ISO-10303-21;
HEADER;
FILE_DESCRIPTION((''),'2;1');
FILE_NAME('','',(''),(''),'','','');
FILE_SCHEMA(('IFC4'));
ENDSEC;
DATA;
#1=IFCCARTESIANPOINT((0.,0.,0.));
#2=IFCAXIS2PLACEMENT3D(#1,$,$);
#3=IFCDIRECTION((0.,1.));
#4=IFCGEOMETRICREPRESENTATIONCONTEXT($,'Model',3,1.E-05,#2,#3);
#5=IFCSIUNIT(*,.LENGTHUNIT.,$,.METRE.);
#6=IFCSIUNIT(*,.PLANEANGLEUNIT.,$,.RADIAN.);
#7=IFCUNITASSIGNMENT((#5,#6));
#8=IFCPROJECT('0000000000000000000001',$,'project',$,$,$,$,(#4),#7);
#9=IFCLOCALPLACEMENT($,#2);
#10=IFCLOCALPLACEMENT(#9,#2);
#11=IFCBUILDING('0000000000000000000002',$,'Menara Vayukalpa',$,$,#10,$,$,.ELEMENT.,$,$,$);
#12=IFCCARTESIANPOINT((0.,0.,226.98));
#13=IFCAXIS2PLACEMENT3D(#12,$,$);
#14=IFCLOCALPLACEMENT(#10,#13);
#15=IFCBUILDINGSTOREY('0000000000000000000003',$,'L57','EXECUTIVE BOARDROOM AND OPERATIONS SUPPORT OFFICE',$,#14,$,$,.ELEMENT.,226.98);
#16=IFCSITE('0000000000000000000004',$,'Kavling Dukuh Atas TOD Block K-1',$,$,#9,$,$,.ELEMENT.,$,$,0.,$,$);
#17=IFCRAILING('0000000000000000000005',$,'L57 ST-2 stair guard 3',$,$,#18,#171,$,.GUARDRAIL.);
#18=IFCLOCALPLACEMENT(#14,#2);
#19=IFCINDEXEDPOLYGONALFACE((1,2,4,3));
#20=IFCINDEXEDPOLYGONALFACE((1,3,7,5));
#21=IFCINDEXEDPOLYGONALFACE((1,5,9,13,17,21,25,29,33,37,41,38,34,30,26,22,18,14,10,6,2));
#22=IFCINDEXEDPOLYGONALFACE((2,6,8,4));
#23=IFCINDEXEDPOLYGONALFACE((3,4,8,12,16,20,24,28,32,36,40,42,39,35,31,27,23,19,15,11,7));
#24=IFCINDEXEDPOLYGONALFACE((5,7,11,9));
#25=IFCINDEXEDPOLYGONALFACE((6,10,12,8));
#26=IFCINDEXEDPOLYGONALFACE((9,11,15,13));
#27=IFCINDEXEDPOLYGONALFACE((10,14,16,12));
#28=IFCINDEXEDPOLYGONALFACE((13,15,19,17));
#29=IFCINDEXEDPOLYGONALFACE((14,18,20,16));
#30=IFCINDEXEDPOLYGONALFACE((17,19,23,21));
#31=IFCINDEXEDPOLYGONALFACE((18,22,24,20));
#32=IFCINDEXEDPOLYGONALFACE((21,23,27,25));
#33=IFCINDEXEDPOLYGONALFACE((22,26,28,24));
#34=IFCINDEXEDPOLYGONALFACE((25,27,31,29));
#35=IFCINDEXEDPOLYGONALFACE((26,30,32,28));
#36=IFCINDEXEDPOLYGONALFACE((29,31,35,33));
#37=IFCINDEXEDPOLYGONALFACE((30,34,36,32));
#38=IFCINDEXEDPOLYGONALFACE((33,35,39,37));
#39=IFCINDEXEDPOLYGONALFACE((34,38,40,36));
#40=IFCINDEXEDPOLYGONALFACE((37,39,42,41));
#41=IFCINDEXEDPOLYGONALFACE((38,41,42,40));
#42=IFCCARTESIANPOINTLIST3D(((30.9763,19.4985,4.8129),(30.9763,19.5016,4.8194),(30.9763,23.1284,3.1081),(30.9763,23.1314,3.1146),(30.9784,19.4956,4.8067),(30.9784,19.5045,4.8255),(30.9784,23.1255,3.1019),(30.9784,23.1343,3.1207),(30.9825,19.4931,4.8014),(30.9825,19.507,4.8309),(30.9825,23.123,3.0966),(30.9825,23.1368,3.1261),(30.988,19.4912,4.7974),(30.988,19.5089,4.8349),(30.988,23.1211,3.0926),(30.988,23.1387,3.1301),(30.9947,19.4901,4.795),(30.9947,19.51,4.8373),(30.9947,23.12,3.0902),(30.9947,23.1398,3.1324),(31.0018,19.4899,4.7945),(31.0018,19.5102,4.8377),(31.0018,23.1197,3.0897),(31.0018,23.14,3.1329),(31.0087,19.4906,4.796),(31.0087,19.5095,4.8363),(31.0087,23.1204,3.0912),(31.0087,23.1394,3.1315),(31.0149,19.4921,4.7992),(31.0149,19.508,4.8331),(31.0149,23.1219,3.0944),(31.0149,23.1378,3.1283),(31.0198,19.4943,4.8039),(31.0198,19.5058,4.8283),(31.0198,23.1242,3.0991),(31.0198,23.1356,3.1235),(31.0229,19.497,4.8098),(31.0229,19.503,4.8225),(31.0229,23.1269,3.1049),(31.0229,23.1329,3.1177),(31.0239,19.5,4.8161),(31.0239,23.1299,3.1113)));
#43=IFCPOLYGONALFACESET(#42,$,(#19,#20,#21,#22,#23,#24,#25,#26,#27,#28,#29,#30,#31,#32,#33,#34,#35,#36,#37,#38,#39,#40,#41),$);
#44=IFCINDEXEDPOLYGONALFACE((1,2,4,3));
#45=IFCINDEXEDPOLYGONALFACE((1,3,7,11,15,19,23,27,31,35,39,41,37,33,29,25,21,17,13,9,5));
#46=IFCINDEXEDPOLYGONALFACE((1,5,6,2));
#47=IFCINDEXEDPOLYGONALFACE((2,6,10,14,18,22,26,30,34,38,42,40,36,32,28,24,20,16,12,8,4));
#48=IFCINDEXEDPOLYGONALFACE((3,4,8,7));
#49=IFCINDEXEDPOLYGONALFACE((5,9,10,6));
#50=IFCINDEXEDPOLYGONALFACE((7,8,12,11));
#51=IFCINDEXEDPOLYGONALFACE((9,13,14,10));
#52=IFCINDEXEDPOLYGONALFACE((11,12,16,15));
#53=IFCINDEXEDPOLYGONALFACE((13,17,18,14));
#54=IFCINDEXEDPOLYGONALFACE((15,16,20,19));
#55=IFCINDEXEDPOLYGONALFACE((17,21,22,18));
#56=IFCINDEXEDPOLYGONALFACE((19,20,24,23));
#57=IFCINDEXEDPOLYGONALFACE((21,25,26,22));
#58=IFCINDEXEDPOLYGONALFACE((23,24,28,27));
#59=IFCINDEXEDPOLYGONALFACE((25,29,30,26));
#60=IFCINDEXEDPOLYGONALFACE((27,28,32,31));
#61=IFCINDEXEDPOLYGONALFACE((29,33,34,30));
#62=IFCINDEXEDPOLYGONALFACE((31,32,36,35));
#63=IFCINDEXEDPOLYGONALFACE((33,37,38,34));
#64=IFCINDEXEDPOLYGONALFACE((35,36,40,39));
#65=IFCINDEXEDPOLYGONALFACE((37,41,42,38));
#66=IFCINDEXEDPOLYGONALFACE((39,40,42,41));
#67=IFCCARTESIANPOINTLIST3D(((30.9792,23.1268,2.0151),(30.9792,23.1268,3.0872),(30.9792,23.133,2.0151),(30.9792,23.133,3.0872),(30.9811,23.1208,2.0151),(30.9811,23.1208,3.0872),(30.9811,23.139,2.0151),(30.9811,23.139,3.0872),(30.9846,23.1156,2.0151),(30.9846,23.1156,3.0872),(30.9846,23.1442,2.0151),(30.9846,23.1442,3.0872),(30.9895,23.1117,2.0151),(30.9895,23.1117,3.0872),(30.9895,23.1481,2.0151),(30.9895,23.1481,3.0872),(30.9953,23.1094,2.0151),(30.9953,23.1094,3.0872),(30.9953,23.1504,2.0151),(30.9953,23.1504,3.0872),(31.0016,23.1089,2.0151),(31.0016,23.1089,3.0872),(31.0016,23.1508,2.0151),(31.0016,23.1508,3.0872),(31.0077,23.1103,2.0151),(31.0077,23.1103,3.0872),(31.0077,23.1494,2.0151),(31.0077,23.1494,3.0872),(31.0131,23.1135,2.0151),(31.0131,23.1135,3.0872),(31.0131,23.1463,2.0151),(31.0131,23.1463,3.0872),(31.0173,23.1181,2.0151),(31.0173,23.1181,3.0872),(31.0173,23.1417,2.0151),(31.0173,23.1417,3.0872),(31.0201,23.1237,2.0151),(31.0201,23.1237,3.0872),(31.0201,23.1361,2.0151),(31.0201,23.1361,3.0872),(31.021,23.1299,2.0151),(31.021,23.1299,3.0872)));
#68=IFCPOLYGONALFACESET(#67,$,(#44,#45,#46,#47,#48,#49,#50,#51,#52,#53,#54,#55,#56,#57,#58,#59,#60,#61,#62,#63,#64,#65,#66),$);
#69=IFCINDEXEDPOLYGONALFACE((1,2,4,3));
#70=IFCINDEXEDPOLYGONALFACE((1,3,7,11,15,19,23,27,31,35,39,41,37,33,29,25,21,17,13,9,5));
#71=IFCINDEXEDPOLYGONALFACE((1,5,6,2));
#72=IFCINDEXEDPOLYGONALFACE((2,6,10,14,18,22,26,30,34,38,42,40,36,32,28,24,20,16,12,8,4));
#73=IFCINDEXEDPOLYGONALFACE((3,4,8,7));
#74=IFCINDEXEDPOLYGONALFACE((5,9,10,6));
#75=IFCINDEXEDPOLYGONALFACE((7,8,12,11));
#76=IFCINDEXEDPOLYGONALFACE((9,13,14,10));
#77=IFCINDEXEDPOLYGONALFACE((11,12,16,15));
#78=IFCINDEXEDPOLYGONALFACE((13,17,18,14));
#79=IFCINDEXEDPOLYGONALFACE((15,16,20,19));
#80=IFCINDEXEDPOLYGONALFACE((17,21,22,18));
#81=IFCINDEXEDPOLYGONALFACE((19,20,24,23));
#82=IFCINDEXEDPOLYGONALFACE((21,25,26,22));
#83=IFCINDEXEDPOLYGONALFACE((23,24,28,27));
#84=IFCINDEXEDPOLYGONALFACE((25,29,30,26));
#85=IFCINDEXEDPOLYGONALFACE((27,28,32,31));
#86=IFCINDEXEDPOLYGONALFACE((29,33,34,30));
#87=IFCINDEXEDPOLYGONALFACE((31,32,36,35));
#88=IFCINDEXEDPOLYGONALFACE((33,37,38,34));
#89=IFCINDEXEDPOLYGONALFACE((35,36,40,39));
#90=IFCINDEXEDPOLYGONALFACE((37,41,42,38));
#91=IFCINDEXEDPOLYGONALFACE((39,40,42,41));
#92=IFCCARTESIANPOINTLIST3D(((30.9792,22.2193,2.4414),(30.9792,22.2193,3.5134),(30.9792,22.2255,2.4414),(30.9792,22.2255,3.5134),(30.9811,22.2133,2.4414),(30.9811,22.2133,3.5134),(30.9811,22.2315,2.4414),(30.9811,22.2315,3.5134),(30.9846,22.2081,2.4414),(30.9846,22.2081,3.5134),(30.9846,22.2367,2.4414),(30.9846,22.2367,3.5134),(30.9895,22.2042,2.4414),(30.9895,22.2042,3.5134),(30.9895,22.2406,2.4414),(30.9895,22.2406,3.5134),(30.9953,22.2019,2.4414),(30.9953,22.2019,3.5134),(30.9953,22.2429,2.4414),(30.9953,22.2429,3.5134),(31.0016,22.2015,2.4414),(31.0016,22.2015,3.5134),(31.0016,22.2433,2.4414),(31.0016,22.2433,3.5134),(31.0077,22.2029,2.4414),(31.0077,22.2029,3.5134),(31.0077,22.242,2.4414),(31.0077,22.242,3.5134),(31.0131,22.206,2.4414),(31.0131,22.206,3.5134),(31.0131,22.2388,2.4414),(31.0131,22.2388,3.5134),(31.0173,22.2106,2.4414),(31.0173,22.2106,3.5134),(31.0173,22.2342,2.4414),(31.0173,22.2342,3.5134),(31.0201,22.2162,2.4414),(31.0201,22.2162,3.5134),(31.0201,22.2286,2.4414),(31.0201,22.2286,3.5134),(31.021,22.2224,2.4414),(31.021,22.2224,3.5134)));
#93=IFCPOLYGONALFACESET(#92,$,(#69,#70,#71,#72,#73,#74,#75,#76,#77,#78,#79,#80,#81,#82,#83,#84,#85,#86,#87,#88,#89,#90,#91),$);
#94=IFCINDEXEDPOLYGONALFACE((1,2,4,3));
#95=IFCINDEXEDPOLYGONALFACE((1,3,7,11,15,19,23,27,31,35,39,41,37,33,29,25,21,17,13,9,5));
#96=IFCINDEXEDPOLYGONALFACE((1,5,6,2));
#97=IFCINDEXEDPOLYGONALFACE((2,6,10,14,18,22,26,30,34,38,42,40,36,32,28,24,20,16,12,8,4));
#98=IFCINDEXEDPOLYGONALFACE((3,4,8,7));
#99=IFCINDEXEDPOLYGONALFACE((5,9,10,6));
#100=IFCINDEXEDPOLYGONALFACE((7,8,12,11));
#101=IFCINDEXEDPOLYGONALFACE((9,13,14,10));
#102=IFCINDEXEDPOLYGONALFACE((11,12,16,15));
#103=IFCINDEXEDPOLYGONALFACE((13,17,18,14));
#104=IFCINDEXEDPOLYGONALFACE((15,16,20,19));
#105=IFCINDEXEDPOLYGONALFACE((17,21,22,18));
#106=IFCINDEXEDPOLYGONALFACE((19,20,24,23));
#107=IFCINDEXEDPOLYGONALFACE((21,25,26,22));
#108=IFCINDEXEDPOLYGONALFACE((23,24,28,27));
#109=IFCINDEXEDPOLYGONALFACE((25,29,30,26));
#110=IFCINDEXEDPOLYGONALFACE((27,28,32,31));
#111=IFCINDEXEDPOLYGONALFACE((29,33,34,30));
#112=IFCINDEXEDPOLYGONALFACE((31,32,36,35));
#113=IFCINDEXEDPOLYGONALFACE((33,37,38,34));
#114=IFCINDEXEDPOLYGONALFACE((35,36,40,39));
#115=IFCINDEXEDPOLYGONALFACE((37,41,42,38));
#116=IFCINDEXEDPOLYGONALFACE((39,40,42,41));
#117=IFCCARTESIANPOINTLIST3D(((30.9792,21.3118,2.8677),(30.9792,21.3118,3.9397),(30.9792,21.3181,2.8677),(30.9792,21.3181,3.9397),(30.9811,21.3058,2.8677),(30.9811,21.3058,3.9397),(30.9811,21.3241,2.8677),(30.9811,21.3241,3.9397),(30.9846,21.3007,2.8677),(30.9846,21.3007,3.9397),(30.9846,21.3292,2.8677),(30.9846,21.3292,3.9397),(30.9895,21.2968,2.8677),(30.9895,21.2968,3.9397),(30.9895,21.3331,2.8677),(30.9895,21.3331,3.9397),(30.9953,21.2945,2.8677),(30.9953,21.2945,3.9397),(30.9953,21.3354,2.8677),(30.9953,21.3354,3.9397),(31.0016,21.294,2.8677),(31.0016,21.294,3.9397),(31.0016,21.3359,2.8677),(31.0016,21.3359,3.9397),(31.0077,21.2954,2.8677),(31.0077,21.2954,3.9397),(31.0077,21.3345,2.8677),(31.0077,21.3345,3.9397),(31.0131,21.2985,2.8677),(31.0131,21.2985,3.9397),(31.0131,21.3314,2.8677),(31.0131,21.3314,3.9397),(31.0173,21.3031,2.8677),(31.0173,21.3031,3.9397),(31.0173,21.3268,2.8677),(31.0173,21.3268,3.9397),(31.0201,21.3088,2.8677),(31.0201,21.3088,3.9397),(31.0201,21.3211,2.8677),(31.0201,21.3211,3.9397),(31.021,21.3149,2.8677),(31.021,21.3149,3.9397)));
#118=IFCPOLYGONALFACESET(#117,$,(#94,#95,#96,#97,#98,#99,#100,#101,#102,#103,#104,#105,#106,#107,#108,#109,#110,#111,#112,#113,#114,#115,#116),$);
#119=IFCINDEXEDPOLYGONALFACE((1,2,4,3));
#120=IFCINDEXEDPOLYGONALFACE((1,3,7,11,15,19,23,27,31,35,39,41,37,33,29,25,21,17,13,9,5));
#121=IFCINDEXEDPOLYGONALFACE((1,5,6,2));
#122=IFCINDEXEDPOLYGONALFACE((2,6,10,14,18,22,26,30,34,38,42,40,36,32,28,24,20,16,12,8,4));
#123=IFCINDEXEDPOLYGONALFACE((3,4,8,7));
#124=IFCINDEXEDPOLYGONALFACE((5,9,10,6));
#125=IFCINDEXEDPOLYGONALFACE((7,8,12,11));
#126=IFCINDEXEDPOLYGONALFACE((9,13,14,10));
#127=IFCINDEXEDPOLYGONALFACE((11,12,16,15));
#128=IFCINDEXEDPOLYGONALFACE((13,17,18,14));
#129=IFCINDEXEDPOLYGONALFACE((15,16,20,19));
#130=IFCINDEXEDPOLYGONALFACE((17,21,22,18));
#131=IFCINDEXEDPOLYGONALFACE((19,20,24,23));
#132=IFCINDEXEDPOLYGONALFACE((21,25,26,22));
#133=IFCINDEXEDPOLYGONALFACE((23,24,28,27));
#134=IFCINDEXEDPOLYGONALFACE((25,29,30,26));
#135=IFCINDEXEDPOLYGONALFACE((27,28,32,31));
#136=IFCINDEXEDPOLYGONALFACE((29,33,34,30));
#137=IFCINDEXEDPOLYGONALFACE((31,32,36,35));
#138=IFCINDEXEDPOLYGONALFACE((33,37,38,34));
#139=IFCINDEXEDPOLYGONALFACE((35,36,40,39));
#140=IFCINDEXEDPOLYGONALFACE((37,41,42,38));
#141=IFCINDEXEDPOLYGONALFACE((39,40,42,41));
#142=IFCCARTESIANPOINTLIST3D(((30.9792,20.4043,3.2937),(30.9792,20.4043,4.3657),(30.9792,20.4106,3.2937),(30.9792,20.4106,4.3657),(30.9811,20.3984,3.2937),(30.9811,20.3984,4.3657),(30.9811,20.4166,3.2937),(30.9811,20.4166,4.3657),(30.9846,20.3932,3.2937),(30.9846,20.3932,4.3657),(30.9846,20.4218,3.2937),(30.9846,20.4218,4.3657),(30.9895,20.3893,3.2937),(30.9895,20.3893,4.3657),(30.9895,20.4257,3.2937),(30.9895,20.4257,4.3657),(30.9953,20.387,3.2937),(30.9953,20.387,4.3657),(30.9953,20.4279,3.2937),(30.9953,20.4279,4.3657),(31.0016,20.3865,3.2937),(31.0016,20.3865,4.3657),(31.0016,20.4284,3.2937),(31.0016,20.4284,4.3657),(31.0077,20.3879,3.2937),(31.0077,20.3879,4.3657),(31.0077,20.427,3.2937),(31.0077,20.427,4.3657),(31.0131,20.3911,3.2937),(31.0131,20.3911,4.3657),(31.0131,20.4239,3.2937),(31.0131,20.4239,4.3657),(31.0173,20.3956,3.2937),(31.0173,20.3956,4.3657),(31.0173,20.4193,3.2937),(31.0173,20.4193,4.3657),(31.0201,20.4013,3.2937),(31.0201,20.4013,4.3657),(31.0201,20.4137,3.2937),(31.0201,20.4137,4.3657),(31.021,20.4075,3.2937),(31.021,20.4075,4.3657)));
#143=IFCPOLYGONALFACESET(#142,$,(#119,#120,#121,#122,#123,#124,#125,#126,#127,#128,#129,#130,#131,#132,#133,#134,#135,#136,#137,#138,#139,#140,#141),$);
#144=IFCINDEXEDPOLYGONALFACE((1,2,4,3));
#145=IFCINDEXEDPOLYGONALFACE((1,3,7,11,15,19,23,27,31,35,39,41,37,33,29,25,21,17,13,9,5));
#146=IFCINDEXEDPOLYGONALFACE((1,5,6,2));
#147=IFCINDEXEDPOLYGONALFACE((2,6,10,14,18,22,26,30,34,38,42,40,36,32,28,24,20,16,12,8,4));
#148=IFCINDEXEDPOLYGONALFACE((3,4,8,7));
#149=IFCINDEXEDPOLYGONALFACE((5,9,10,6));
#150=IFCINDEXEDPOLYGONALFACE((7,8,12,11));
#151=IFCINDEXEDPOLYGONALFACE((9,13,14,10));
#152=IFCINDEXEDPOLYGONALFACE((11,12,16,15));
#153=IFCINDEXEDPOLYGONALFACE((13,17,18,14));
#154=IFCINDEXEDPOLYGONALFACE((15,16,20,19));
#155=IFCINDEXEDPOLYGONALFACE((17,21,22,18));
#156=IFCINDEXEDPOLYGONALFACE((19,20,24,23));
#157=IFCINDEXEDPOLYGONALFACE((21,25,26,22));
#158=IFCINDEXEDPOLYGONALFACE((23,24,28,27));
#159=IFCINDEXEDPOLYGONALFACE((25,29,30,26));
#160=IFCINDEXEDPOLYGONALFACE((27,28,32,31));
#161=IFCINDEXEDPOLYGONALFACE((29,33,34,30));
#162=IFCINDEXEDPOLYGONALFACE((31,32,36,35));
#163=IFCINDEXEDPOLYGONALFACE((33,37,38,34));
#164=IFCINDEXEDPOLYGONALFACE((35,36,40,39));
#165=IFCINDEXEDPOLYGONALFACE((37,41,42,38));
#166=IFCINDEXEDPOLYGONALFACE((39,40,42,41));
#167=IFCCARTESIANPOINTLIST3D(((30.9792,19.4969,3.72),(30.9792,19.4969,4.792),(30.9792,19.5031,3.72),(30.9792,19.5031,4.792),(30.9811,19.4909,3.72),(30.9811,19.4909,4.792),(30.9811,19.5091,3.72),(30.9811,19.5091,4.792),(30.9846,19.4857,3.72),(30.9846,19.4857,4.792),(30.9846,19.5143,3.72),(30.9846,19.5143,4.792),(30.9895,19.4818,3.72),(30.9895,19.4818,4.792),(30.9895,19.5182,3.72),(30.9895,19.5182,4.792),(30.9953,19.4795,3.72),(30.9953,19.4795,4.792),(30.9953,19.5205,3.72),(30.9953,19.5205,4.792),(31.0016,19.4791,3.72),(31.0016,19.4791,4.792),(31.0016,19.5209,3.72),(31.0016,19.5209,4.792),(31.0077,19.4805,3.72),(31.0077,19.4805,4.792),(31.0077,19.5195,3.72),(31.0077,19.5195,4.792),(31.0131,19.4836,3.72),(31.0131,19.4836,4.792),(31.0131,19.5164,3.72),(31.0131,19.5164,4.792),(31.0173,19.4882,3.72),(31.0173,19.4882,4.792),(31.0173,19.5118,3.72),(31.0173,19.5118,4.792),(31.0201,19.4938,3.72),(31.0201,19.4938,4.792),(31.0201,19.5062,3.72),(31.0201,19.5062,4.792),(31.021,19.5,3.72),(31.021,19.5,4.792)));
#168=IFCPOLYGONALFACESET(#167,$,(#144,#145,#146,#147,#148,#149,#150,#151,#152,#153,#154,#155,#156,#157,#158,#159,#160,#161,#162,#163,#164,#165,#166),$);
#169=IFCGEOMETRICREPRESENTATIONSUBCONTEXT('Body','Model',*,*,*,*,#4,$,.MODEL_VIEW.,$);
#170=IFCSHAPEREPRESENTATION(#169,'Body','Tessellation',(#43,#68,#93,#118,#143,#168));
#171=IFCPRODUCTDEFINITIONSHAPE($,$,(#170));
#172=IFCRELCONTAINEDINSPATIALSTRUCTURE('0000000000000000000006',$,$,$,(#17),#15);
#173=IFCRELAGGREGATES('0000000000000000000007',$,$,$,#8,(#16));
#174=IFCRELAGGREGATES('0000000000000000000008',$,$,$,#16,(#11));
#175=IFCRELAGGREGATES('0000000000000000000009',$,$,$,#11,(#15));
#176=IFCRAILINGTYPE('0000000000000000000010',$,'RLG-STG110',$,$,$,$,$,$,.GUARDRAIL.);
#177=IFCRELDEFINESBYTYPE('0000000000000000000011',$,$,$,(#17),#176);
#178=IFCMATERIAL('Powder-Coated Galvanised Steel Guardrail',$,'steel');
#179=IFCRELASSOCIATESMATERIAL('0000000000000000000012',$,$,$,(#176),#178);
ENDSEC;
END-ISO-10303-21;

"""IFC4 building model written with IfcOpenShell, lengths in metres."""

from ifc_helpers import new_model, si_unit, direction, frame, origin, origin_2d, place, context, subcontext, project, spatial, circle, extrude, material, type_object, element, save


model = new_model("IFC4")

# Units and contexts
model_context = context("Model", 3, precision=1e-05, world=origin(), true_north=direction((0.0, 1.0)))
body_context = subcontext(model_context, "Body", "Model", "MODEL_VIEW")
ifc_project = project(units=[si_unit("LENGTHUNIT", "METRE"), si_unit("PLANEANGLEUNIT", "RADIAN")], contexts=[model_context])

# Site, building, storey
site_placement = place(None, origin())
site = spatial("IfcSite", under=ifc_project, at=site_placement, Name="Kavling Dukuh Atas TOD Block K-1", CompositionType="ELEMENT", RefElevation=0.0)
building_placement = place(site_placement, origin())
building = spatial("IfcBuilding", under=site, at=building_placement, Name="Menara Vayukalpa", CompositionType="ELEMENT")
storey_placement = place(building_placement, frame((0.0, 0.0, 226.98)))
storey = spatial("IfcBuildingStorey", under=building, at=storey_placement, Name="L57", Description="EXECUTIVE BOARDROOM AND OPERATIONS SUPPORT OFFICE", CompositionType="ELEMENT", Elevation=226.98)

# Railing
ifc_material_1 = material(Name="Powder-Coated Galvanised Steel Guardrail", Category="steel")
railing_type_1 = type_object("IfcRailingType", Name="RLG-STG110", PredefinedType="GUARDRAIL", material=ifc_material_1)
railing_1_placement = place(storey_placement, frame((31.0, 23.1299, 2.0151)))
element("IfcRailing", 1, at=railing_1_placement, inside=storey, type_object=railing_type_1, Name="L57 ST-2 stair guard 3", PredefinedType="GUARDRAIL", context=body_context, shape_type="SweptSolid", body=[
    extrude(circle(Radius=0.0239, at=origin_2d()), frame((0.0, 0.0, 1.0962), z_axis=(0.0, -0.90514, 0.425114), x_axis=(1.0, 0.0, 0.0)), (0.0, 0.0, 1.0), 4.0103),
    extrude(circle(Radius=0.021, at=origin_2d()), origin(), (0.0, 0.0, 1.0), 1.072),
    extrude(circle(Radius=0.021, at=origin_2d()), frame((0.0, -0.9075, 0.4263)), (0.0, 0.0, 1.0), 1.072),
    extrude(circle(Radius=0.021, at=origin_2d()), frame((0.0, -1.8149, 0.8525)), (0.0, 0.0, 1.0), 1.072),
    extrude(circle(Radius=0.021, at=origin_2d()), frame((0.0, -2.7224, 1.2786)), (0.0, 0.0, 1.0), 1.072),
    extrude(circle(Radius=0.021, at=origin_2d()), frame((0.0, -3.6299, 1.7048)), (0.0, 0.0, 1.0), 1.072),
])

save(model, "model.ifc")
